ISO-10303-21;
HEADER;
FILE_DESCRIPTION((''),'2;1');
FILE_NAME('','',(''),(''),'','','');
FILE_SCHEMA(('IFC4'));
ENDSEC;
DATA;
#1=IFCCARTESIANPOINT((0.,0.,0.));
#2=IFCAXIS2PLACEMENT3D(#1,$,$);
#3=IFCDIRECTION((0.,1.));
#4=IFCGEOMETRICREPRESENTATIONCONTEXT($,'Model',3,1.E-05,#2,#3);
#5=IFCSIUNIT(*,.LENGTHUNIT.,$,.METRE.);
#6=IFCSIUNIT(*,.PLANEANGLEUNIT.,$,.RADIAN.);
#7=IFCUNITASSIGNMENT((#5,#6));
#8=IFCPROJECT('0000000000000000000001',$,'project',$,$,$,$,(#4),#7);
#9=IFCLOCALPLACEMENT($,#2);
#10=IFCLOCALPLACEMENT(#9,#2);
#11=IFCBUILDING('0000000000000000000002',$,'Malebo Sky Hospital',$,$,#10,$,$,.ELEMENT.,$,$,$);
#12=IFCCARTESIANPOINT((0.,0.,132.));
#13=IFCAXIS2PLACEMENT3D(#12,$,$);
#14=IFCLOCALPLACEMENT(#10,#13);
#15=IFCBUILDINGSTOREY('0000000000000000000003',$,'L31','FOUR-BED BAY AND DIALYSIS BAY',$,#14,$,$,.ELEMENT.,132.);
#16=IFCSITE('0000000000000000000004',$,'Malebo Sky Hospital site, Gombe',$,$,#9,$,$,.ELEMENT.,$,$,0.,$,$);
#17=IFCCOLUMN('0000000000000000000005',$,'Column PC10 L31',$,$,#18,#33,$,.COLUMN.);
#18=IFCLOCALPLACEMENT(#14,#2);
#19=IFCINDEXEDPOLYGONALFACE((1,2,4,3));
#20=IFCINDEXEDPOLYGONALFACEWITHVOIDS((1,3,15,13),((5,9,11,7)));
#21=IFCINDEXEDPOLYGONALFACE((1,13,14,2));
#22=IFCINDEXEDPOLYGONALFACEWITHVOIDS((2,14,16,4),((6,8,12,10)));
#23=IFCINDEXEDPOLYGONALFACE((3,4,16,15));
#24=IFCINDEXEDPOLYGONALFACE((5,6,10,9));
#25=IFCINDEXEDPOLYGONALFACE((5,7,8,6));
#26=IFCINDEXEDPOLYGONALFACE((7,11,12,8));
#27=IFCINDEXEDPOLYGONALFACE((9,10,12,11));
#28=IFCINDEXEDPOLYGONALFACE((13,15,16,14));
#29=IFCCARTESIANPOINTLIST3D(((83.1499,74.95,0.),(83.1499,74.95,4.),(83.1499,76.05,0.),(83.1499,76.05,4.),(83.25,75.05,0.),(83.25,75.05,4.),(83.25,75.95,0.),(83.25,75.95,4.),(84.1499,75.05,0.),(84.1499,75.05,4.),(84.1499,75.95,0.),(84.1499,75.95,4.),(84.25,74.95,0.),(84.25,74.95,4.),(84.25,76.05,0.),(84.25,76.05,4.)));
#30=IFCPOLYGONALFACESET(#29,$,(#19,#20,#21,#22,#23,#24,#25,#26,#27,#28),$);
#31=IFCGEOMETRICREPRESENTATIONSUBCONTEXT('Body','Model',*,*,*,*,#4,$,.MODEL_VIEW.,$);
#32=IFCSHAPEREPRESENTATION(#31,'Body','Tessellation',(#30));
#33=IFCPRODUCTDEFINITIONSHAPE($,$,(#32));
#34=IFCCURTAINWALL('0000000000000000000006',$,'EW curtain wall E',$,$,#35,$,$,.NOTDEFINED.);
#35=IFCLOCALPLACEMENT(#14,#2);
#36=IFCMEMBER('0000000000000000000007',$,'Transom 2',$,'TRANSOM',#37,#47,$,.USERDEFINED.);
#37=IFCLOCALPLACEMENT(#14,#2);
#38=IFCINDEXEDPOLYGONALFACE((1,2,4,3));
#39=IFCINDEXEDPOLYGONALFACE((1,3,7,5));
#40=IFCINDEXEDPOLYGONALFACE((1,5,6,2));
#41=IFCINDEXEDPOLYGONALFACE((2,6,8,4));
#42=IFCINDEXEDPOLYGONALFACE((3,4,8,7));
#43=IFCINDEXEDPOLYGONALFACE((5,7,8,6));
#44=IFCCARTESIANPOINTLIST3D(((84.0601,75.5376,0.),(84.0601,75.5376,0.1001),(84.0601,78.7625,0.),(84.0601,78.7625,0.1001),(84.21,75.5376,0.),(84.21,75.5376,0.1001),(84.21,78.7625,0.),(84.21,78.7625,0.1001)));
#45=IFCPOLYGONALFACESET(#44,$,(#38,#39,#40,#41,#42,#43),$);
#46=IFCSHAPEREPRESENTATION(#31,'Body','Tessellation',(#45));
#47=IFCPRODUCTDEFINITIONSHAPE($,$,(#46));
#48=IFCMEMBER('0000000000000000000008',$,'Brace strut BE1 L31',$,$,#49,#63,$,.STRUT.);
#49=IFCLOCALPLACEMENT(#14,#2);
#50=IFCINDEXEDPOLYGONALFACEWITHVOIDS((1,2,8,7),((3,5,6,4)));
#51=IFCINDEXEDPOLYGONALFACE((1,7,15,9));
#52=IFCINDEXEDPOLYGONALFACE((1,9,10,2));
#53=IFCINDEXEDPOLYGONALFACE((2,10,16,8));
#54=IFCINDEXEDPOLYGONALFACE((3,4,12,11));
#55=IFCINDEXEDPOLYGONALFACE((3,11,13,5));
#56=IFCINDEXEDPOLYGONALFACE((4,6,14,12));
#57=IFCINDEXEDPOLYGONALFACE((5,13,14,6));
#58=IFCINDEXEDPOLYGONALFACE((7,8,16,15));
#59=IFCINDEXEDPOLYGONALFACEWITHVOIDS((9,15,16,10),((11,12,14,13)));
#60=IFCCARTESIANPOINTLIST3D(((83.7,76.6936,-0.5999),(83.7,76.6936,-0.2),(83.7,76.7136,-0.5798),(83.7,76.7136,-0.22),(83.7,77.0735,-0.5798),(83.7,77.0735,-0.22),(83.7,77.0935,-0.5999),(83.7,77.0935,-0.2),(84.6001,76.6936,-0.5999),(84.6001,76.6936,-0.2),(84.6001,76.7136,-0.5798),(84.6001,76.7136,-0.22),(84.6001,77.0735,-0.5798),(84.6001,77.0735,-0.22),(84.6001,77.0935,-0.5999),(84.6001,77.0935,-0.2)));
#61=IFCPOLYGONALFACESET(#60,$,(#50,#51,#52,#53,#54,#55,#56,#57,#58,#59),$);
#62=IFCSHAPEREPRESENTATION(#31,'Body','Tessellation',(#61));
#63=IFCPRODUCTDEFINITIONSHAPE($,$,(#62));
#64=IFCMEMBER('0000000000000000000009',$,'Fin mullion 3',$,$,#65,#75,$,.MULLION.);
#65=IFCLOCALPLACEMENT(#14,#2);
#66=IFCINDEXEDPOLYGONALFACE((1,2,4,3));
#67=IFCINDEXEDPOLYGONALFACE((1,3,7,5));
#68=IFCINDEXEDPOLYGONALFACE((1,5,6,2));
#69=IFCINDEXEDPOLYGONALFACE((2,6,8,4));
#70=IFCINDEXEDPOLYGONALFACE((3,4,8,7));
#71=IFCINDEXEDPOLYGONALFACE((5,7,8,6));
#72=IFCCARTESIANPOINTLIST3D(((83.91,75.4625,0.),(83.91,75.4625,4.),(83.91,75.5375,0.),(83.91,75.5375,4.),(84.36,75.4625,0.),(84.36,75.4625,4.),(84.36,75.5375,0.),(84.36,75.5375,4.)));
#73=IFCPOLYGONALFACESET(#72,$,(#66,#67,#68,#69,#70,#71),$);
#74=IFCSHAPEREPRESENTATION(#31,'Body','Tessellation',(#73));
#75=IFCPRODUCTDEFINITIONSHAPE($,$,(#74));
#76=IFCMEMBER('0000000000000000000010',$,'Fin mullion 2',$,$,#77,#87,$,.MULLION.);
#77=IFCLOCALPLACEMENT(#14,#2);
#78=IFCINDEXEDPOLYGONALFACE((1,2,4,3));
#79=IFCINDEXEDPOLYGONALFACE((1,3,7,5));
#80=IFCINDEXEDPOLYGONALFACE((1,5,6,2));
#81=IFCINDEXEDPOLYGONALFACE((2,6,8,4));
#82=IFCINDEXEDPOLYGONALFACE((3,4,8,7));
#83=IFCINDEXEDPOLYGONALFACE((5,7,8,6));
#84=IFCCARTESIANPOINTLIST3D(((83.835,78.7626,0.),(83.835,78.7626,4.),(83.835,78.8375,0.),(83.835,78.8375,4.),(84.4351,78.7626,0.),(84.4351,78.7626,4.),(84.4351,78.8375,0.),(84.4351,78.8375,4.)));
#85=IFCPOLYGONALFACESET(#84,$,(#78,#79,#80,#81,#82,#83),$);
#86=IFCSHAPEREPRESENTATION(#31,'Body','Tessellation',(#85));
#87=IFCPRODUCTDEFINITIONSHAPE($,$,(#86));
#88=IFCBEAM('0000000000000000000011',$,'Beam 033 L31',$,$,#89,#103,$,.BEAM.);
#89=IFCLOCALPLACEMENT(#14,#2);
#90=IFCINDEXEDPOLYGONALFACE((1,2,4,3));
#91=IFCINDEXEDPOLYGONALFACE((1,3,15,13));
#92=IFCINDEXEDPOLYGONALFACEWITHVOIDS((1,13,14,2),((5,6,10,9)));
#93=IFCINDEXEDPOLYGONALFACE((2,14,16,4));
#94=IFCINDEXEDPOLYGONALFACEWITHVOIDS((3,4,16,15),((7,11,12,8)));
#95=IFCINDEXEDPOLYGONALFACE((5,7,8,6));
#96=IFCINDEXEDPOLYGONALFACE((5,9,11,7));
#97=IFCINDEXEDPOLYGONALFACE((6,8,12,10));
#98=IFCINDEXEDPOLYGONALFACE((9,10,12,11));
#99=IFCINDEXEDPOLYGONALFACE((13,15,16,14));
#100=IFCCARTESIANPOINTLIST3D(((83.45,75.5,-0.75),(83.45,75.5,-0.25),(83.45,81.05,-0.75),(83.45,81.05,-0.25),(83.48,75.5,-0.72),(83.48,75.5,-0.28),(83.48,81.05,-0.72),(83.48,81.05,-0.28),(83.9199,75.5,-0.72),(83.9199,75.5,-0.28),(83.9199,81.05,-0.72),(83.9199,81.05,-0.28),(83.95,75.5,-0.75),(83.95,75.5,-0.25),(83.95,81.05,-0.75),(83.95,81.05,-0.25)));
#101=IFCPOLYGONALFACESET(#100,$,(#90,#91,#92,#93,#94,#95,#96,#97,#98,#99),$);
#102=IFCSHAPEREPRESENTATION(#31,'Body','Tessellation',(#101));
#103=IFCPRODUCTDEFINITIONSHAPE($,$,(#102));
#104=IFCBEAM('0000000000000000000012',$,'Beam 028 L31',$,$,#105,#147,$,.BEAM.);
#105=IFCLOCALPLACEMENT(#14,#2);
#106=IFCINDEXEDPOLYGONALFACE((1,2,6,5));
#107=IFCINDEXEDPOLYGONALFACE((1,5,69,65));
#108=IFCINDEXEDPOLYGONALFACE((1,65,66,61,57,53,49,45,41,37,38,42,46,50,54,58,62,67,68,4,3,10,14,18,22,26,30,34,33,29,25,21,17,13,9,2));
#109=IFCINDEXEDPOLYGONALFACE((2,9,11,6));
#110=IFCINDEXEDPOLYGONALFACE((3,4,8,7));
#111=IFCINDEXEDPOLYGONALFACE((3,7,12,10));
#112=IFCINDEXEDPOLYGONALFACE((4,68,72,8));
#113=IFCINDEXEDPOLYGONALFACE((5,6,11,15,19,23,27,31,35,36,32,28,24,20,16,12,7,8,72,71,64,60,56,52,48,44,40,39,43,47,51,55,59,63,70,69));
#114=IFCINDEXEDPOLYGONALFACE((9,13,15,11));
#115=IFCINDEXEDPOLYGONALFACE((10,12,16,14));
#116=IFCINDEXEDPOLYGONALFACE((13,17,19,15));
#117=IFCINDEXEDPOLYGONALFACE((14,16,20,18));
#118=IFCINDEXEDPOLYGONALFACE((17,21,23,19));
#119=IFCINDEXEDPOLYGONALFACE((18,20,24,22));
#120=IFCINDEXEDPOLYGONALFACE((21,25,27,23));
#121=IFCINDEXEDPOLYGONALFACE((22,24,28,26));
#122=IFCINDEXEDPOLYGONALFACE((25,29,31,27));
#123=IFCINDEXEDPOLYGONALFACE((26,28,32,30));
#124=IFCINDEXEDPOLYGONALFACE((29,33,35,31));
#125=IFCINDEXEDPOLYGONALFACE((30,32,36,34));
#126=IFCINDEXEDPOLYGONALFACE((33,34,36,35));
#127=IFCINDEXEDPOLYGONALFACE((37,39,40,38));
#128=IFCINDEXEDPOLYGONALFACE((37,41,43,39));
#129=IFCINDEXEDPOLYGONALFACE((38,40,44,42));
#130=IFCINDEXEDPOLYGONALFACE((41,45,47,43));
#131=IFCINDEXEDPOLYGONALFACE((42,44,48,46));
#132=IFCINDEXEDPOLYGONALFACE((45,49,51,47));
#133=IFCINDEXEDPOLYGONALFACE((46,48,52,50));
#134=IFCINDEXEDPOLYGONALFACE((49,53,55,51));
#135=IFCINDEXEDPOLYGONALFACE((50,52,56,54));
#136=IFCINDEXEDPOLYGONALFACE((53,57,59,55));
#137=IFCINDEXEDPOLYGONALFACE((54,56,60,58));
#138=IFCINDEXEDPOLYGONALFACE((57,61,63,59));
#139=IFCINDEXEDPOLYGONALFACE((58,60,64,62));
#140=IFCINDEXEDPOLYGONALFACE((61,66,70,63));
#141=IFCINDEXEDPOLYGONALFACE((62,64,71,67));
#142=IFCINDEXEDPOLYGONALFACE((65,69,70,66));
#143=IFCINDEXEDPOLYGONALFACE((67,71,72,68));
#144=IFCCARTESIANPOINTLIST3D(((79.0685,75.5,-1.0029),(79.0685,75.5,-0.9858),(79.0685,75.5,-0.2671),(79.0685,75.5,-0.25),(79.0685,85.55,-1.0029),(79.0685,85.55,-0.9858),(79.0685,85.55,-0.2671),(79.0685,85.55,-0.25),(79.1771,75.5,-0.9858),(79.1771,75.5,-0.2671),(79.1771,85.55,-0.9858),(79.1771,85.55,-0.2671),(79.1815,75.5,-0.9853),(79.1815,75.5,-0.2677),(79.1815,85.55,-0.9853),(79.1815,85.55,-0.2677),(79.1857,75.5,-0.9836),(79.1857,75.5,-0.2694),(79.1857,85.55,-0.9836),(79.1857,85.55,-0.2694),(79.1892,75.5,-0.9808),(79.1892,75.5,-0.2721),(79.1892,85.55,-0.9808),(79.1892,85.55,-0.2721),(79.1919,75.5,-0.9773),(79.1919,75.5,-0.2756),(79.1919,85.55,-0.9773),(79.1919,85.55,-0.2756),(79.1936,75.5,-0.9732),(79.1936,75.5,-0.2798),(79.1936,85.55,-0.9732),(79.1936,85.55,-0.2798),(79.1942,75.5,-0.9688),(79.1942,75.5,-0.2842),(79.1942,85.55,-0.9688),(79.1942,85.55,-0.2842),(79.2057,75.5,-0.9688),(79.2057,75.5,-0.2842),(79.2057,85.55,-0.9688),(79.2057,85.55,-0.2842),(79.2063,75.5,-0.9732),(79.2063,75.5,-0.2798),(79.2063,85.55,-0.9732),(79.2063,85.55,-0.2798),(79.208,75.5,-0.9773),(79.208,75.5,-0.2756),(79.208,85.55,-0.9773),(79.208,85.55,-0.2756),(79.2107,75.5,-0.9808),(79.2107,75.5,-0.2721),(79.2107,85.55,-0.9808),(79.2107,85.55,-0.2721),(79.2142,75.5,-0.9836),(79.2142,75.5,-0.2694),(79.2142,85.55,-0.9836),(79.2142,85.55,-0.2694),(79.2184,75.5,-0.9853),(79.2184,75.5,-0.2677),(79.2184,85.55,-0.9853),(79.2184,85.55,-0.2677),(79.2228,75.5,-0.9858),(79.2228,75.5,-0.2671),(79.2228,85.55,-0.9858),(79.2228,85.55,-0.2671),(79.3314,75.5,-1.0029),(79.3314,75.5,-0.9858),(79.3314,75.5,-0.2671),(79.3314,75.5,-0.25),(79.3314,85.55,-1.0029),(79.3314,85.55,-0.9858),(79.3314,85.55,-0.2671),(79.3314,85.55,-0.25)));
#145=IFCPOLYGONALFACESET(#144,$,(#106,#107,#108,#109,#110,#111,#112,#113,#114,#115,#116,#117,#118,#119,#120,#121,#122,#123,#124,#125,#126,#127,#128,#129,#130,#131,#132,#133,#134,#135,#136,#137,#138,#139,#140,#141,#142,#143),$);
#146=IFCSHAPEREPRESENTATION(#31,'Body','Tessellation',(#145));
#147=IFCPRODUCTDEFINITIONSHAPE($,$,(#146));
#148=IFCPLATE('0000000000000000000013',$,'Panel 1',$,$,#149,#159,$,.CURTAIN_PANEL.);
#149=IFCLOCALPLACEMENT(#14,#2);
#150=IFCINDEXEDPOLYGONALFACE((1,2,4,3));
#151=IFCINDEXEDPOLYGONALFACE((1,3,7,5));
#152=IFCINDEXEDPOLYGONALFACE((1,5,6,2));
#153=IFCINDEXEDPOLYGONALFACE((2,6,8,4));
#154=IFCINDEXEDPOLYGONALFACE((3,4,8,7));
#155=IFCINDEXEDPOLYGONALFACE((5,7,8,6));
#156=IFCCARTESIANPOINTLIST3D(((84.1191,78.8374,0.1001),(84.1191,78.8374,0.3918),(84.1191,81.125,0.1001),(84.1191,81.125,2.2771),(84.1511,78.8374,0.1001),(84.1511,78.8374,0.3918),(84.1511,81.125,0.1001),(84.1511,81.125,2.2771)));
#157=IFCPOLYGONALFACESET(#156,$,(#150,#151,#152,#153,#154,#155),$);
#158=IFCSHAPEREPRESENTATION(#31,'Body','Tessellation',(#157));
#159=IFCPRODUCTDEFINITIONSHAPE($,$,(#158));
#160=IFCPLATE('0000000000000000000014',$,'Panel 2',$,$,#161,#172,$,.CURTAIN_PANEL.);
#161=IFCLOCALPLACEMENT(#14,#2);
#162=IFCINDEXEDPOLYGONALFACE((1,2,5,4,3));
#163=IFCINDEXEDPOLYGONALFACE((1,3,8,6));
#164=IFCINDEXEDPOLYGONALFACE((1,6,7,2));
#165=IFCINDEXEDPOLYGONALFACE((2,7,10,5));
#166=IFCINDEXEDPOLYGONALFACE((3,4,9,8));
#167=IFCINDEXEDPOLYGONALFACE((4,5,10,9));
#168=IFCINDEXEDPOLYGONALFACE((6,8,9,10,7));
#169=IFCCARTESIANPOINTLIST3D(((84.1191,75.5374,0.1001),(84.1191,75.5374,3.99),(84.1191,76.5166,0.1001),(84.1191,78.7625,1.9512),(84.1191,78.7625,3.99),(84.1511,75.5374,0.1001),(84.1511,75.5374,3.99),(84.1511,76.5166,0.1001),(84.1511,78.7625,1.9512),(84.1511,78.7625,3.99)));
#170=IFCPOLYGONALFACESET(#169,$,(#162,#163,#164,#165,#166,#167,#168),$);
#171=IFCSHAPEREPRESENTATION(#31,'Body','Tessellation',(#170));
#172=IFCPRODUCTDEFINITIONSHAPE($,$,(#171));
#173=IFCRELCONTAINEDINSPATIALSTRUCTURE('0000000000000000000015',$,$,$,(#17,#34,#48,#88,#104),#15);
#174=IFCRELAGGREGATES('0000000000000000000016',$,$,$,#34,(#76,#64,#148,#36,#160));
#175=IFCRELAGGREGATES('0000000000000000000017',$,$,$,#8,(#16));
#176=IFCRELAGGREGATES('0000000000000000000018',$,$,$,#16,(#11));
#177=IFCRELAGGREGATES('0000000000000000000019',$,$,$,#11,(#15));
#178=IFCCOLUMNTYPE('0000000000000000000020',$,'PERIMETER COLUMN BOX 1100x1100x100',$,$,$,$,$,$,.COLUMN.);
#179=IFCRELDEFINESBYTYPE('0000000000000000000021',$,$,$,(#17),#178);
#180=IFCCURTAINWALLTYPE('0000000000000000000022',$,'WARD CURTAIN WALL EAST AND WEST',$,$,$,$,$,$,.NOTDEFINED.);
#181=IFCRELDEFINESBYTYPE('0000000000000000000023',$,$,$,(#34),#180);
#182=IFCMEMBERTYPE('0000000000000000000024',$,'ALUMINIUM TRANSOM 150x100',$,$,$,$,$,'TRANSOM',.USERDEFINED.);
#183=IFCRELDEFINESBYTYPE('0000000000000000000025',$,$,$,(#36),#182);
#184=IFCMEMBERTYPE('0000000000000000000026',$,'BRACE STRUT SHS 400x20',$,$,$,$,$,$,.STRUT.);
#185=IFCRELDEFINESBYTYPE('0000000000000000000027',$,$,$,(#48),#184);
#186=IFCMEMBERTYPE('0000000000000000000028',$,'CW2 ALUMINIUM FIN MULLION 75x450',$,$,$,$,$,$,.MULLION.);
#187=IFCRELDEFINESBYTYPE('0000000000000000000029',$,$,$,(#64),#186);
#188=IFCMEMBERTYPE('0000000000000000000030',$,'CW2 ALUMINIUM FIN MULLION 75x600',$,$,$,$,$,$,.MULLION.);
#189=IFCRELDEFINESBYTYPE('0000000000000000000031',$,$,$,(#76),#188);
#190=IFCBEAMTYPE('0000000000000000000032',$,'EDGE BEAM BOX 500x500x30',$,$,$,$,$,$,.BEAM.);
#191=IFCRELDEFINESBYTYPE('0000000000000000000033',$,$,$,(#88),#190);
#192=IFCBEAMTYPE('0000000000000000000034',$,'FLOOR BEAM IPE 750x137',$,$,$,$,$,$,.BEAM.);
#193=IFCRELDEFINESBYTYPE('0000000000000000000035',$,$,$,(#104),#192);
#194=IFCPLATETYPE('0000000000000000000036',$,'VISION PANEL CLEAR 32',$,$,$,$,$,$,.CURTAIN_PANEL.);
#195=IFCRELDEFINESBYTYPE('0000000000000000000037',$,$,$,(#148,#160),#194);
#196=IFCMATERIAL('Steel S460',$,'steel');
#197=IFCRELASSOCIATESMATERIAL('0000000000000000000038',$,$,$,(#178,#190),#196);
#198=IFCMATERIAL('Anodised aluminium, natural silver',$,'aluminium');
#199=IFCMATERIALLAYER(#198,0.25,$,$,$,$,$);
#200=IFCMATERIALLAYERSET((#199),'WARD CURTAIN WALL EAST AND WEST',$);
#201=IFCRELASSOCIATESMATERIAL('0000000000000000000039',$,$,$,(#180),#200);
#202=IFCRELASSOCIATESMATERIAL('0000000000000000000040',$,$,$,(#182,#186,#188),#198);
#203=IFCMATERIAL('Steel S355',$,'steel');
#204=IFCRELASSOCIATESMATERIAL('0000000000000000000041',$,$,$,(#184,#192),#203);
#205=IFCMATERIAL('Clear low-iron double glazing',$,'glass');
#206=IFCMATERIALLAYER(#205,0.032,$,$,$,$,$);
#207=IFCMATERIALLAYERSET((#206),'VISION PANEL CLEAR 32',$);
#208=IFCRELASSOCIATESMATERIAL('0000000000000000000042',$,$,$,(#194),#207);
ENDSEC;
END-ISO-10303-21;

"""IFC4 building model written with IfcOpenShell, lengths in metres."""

from ifc_helpers import new_model, si_unit, direction, frame, origin, origin_2d, place, context, subcontext, project, spatial, polyline, rectangle, hollow_rectangle, i_section, outline, extrude, material, layer, layer_set, material_profile, profile_set, type_object, element, aggregate, save


model = new_model("IFC4")

# Units and contexts
model_context = context("Model", 3, precision=1e-05, world=origin(), true_north=direction((0.0, 1.0)))
body_context = subcontext(model_context, "Body", "Model", "MODEL_VIEW")
ifc_project = project(units=[si_unit("LENGTHUNIT", "METRE"), si_unit("PLANEANGLEUNIT", "RADIAN")], contexts=[model_context])

# Site, building, storey
site_placement = place(None, origin())
site = spatial("IfcSite", under=ifc_project, at=site_placement, Name="Malebo Sky Hospital site, Gombe", CompositionType="ELEMENT", RefElevation=0.0)
building_placement = place(site_placement, origin())
building = spatial("IfcBuilding", under=site, at=building_placement, Name="Malebo Sky Hospital", CompositionType="ELEMENT")
storey_placement = place(building_placement, frame((0.0, 0.0, 132.0)))
storey = spatial("IfcBuildingStorey", under=building, at=storey_placement, Name="L31", Description="FOUR-BED BAY AND DIALYSIS BAY", CompositionType="ELEMENT", Elevation=132.0)

# Column
ifc_material_1 = material(Name="Steel S460", Category="steel")
ifc_material_profile_1 = material_profile(ifc_material_1, hollow_rectangle(XDim=1.1001, YDim=1.1001, WallThickness=0.1001, at=origin_2d()), Name="BOX 1100x1100x100")
ifc_profile_set_1 = profile_set([ifc_material_profile_1], Name="Steel S460")
column_type = type_object("IfcColumnType", Name="PERIMETER COLUMN BOX 1100x1100x100", PredefinedType="COLUMN", material=ifc_profile_set_1)
column_placement = place(storey_placement, frame((83.7, 75.5, 0.0), z_axis=(0.0, 0.0, 1.0), x_axis=(1.0, 0.0, 0.0)))
element("IfcColumn", 1, at=column_placement, inside=storey, type_object=column_type, Name="Column PC10 L31", PredefinedType="COLUMN", context=body_context, shape_type="SweptSolid", body=[
    extrude(hollow_rectangle(XDim=1.1001, YDim=1.1001, WallThickness=0.1001, at=origin_2d()), origin(), (0.0, 0.0, 1.0), 4.0),
])

# Curtain wall, member
ifc_material_2 = material(Name="Anodised aluminium, natural silver", Category="aluminium")
ifc_layer_1 = layer(ifc_material_2, 0.25)
ifc_layer_set_1 = layer_set([ifc_layer_1], Name="WARD CURTAIN WALL EAST AND WEST")
curtain_wall_type = type_object("IfcCurtainWallType", Name="WARD CURTAIN WALL EAST AND WEST", PredefinedType="NOTDEFINED", material=ifc_layer_set_1)
curtain_wall_placement = place(storey_placement, origin())
curtain_wall = element("IfcCurtainWall", 2, at=curtain_wall_placement, inside=storey, type_object=curtain_wall_type, Name="EW curtain wall E", PredefinedType="NOTDEFINED")
ifc_material_profile_2 = material_profile(ifc_material_2, rectangle(XDim=0.1499, YDim=0.1001, at=origin_2d()), Name="ALUMINIUM TRANSOM 150x100")
ifc_profile_set_2 = profile_set([ifc_material_profile_2], Name="Anodised aluminium, natural silver")
member_type_1 = type_object("IfcMemberType", Name="ALUMINIUM TRANSOM 150x100", ElementType="TRANSOM", PredefinedType="USERDEFINED", material=ifc_profile_set_2)
member_1_placement = place(storey_placement, frame((84.135, 78.7625, 0.05), z_axis=(0.0, -1.0, 0.0), x_axis=(1.0, 0.0, 0.0)))
member_1 = element("IfcMember", 3, at=member_1_placement, type_object=member_type_1, Name="Transom 2", ObjectType="TRANSOM", PredefinedType="USERDEFINED", context=body_context, shape_type="SweptSolid", body=[
    extrude(rectangle(XDim=0.1499, YDim=0.1001, at=origin_2d()), origin(), (0.0, 0.0, 1.0), 3.2249),
])

# Members
ifc_material_3 = material(Name="Steel S355", Category="steel")
ifc_material_profile_3 = material_profile(ifc_material_3, hollow_rectangle(XDim=0.3999, YDim=0.3999, WallThickness=0.02, at=origin_2d()), Name="SHS 400x20")
ifc_profile_set_3 = profile_set([ifc_material_profile_3], Name="Steel S355")
member_type_2 = type_object("IfcMemberType", Name="BRACE STRUT SHS 400x20", PredefinedType="STRUT", material=ifc_profile_set_3)
member_2_placement = place(storey_placement, frame((84.6001, 76.8936, -0.3999), z_axis=(-1.0, 0.0, 0.0), x_axis=(0.0, -1.0, 0.0)))
element("IfcMember", 4, at=member_2_placement, inside=storey, type_object=member_type_2, Name="Brace strut BE1 L31", PredefinedType="STRUT", context=body_context, shape_type="SweptSolid", body=[
    extrude(hollow_rectangle(XDim=0.3999, YDim=0.3999, WallThickness=0.02, at=origin_2d()), origin(), (0.0, 0.0, 1.0), 0.9001),
])
ifc_material_profile_4 = material_profile(ifc_material_2, rectangle(XDim=0.075, YDim=0.45, at=origin_2d()), Name="CW2 ALUMINIUM FIN MULLION 75x450")
ifc_profile_set_4 = profile_set([ifc_material_profile_4], Name="Anodised aluminium, natural silver")
member_type_3 = type_object("IfcMemberType", Name="CW2 ALUMINIUM FIN MULLION 75x450", PredefinedType="MULLION", material=ifc_profile_set_4)
member_3_placement = place(storey_placement, frame((84.135, 75.5, 0.0), z_axis=(0.0, 0.0, 1.0), x_axis=(0.0, -1.0, 0.0)))
member_3 = element("IfcMember", 5, at=member_3_placement, type_object=member_type_3, Name="Fin mullion 3", PredefinedType="MULLION", context=body_context, shape_type="SweptSolid", body=[
    extrude(rectangle(XDim=0.075, YDim=0.45, at=origin_2d()), origin(), (0.0, 0.0, 1.0), 4.0),
])
ifc_material_profile_5 = material_profile(ifc_material_2, rectangle(XDim=0.075, YDim=0.6001, at=origin_2d()), Name="CW2 ALUMINIUM FIN MULLION 75x600")
ifc_profile_set_5 = profile_set([ifc_material_profile_5], Name="Anodised aluminium, natural silver")
member_type_4 = type_object("IfcMemberType", Name="CW2 ALUMINIUM FIN MULLION 75x600", PredefinedType="MULLION", material=ifc_profile_set_5)
member_4_placement = place(storey_placement, frame((84.135, 78.8, 0.0), z_axis=(0.0, 0.0, 1.0), x_axis=(0.0, -1.0, 0.0)))
member_4 = element("IfcMember", 6, at=member_4_placement, type_object=member_type_4, Name="Fin mullion 2", PredefinedType="MULLION", context=body_context, shape_type="SweptSolid", body=[
    extrude(rectangle(XDim=0.075, YDim=0.6001, at=origin_2d()), origin(), (0.0, 0.0, 1.0), 4.0),
])

# Beams
ifc_material_profile_6 = material_profile(ifc_material_1, hollow_rectangle(XDim=0.5, YDim=0.5, WallThickness=0.03, at=origin_2d()), Name="BOX 500x500x30")
ifc_profile_set_6 = profile_set([ifc_material_profile_6], Name="Steel S460")
beam_type_1 = type_object("IfcBeamType", Name="EDGE BEAM BOX 500x500x30", PredefinedType="BEAM", material=ifc_profile_set_6)
beam_1_placement = place(storey_placement, frame((83.7, 75.5, -0.5), z_axis=(0.0, 1.0, 0.0), x_axis=(-1.0, 0.0, 0.0)))
element("IfcBeam", 7, at=beam_1_placement, inside=storey, type_object=beam_type_1, Name="Beam 033 L31", PredefinedType="BEAM", context=body_context, shape_type="SweptSolid", body=[
    extrude(hollow_rectangle(XDim=0.5, YDim=0.5, WallThickness=0.03, at=origin_2d()), origin(), (0.0, 0.0, 1.0), 5.55),
])
ifc_material_profile_7 = material_profile(ifc_material_3, i_section(OverallWidth=0.2629, OverallDepth=0.7529, WebThickness=0.0115, FlangeThickness=0.0171, FilletRadius=0.0171, at=origin_2d()), Name="IPE 750x137")
ifc_profile_set_7 = profile_set([ifc_material_profile_7], Name="Steel S355")
beam_type_2 = type_object("IfcBeamType", Name="FLOOR BEAM IPE 750x137", PredefinedType="BEAM", material=ifc_profile_set_7)
beam_2_placement = place(storey_placement, frame((79.2, 75.5, -0.6265), z_axis=(0.0, 1.0, 0.0), x_axis=(-1.0, 0.0, 0.0)))
element("IfcBeam", 8, at=beam_2_placement, inside=storey, type_object=beam_type_2, Name="Beam 028 L31", PredefinedType="BEAM", context=body_context, shape_type="SweptSolid", body=[
    extrude(i_section(OverallWidth=0.2629, OverallDepth=0.7529, WebThickness=0.0115, FlangeThickness=0.0171, FilletRadius=0.0171, at=origin_2d()), origin(), (0.0, 0.0, 1.0), 10.05),
])

# Plates
ifc_material_4 = material(Name="Clear low-iron double glazing", Category="glass")
ifc_layer_2 = layer(ifc_material_4, 0.032)
ifc_layer_set_2 = layer_set([ifc_layer_2], Name="VISION PANEL CLEAR 32")
plate_type = type_object("IfcPlateType", Name="VISION PANEL CLEAR 32", PredefinedType="CURTAIN_PANEL", material=ifc_layer_set_2)
plate_1_placement = place(storey_placement, frame((84.135, 79.9812, 0.1001), z_axis=(0.0, 0.0, 1.0), x_axis=(0.0, -1.0, 0.0)))
plate_1 = element("IfcPlate", 9, at=plate_1_placement, type_object=plate_type, Name="Panel 1", PredefinedType="CURTAIN_PANEL", context=body_context, shape_type="SweptSolid", body=[
    extrude(outline(polyline([(-1.1438, 0.0), (1.1438, 0.0), (1.1438, 0.2917), (-1.1438, 2.177), (-1.1438, 0.0)])), frame((0.0, 0.0161, 0.0), z_axis=(0.0, -1.0, 0.0), x_axis=(1.0, 0.0, 0.0)), (0.0, 0.0, 1.0), 0.032),
])
plate_2_placement = place(storey_placement, frame((84.135, 77.1499, 0.1001), z_axis=(0.0, 0.0, 1.0), x_axis=(0.0, -1.0, 0.0)))
plate_2 = element("IfcPlate", 10, at=plate_2_placement, type_object=plate_type, Name="Panel 2", PredefinedType="CURTAIN_PANEL", context=body_context, shape_type="SweptSolid", body=[
    extrude(outline(polyline([(0.6333, 0.0), (1.6125, 0.0), (1.6125, 3.8899), (-1.6125, 3.8899), (-1.6125, 1.8511), (0.6333, 0.0)])), frame((0.0, 0.0161, 0.0), z_axis=(0.0, -1.0, 0.0), x_axis=(1.0, 0.0, 0.0)), (0.0, 0.0, 1.0), 0.032),
])
aggregate(curtain_wall, [member_4, member_3, plate_1, member_1, plate_2])

save(model, "model.ifc")
